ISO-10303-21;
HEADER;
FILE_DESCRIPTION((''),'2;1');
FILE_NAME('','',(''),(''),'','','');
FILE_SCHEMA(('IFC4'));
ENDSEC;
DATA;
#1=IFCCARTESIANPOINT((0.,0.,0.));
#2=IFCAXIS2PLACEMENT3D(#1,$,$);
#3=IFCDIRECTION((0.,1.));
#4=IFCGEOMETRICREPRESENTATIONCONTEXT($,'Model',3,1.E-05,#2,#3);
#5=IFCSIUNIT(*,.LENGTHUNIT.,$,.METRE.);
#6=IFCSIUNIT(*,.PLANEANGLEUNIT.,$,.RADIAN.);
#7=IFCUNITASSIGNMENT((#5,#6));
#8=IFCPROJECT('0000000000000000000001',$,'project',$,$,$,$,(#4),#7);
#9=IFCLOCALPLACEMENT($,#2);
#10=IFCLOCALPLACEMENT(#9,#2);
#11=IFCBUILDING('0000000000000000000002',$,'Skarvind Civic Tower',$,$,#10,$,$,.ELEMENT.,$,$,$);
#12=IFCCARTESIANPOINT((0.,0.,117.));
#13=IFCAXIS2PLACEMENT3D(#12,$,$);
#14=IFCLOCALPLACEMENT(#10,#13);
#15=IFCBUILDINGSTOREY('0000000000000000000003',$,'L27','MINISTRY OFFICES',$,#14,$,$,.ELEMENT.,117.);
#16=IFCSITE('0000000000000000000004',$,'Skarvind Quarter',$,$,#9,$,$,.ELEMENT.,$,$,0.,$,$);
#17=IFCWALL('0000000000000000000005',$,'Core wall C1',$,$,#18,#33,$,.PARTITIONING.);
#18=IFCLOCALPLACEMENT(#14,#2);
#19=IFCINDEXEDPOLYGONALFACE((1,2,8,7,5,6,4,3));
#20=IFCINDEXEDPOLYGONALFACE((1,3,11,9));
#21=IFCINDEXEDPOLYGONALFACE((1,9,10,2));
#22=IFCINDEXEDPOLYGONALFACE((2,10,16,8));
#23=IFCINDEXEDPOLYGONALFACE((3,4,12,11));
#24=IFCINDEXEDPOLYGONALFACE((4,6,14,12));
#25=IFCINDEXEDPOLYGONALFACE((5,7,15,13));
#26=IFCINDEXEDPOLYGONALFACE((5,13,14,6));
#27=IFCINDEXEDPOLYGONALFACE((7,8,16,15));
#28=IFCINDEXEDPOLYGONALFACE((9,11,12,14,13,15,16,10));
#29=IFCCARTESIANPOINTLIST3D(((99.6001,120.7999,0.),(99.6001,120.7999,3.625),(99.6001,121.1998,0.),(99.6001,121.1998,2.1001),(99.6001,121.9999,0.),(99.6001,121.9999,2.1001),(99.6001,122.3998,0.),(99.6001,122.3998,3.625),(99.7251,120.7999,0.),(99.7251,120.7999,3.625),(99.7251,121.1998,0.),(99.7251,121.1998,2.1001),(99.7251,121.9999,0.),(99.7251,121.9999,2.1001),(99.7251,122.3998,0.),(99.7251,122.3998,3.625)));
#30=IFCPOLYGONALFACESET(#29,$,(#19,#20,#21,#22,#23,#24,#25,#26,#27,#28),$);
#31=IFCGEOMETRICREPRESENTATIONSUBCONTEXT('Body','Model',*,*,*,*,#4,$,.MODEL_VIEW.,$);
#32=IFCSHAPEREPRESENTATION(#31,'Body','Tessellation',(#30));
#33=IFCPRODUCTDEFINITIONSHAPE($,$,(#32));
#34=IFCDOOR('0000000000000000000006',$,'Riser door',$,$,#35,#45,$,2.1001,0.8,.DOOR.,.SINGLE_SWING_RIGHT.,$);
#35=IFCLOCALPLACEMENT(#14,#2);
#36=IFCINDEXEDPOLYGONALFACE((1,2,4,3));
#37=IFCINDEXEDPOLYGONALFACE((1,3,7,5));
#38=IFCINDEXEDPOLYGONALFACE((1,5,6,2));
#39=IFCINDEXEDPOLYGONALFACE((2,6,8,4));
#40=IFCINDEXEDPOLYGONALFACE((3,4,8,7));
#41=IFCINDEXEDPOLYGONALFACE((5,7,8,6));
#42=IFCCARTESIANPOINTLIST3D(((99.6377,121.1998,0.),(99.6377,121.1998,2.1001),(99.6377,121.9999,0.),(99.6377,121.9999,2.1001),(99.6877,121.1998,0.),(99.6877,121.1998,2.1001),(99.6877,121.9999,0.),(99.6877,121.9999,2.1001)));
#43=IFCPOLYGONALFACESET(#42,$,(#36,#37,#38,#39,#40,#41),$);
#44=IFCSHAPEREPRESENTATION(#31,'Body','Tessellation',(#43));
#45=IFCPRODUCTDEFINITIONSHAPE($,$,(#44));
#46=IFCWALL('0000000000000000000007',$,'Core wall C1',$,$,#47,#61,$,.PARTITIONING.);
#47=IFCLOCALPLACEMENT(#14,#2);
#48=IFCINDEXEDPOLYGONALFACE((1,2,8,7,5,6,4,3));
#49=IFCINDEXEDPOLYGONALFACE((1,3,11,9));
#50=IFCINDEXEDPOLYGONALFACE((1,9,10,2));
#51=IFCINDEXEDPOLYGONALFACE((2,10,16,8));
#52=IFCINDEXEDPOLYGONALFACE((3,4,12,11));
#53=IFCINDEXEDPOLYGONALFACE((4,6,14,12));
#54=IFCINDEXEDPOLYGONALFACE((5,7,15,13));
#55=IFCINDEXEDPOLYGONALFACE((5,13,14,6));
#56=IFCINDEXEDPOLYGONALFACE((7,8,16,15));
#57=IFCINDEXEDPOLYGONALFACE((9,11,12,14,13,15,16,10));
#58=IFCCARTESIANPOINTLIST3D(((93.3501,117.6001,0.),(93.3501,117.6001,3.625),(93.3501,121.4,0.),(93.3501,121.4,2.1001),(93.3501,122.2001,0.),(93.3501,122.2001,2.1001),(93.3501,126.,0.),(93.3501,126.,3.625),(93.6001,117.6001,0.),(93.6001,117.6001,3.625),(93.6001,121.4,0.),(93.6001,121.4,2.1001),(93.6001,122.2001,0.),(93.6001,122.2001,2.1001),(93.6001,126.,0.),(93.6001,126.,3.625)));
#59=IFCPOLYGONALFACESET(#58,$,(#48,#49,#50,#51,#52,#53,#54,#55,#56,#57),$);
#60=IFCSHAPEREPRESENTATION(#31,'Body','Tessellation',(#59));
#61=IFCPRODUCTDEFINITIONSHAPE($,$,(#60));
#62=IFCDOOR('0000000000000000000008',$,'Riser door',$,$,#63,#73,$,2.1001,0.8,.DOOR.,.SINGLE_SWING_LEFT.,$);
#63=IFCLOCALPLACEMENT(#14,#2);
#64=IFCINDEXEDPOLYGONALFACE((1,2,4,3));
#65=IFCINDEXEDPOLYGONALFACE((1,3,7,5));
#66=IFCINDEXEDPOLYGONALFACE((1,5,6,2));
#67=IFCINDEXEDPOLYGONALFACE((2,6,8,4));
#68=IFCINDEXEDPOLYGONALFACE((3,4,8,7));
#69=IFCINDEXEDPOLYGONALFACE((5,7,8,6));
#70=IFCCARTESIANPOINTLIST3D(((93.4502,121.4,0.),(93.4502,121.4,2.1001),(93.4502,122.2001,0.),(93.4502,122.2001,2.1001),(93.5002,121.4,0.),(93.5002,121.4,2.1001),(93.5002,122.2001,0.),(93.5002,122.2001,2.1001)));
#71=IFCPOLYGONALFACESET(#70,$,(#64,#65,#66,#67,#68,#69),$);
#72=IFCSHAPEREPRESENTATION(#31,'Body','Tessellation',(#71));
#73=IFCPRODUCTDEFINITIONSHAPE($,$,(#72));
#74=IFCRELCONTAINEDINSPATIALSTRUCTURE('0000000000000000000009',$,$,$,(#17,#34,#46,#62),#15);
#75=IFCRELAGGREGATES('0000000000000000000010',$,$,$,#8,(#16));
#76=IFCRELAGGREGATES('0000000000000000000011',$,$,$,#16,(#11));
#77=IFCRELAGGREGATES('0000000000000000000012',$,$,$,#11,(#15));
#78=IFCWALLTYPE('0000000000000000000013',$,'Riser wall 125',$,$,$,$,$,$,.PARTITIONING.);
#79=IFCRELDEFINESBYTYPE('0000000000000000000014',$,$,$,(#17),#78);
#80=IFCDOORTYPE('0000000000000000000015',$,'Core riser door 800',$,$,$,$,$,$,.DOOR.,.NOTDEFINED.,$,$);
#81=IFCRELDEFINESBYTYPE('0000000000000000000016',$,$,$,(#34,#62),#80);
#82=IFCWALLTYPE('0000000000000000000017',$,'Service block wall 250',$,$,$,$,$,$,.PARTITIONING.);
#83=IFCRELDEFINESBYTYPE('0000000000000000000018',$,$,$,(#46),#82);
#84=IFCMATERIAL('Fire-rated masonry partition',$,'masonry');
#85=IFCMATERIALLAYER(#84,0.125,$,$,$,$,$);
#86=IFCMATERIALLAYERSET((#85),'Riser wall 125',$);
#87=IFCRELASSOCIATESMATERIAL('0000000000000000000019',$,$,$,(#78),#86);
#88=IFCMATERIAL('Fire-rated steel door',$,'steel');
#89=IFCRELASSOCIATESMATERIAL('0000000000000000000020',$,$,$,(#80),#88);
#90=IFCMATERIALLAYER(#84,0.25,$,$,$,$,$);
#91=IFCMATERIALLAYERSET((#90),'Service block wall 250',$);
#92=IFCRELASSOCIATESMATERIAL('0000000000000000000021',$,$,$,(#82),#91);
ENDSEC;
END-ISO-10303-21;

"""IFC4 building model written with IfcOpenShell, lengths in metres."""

from ifc_helpers import new_model, si_unit, direction, frame, frame_2d, origin, place, context, subcontext, project, spatial, rectangle, extrude, material, layer, layer_set, type_object, element, fill, save


model = new_model("IFC4")

# Units and contexts
model_context = context("Model", 3, precision=1e-05, world=origin(), true_north=direction((0.0, 1.0)))
body_context = subcontext(model_context, "Body", "Model", "MODEL_VIEW")
ifc_project = project(units=[si_unit("LENGTHUNIT", "METRE"), si_unit("PLANEANGLEUNIT", "RADIAN")], contexts=[model_context])

# Site, building, storey
site_placement = place(None, origin())
site = spatial("IfcSite", under=ifc_project, at=site_placement, Name="Skarvind Quarter", CompositionType="ELEMENT", RefElevation=0.0)
building_placement = place(site_placement, origin())
building = spatial("IfcBuilding", under=site, at=building_placement, Name="Skarvind Civic Tower", CompositionType="ELEMENT")
storey_placement = place(building_placement, frame((0.0, 0.0, 117.0)))
storey = spatial("IfcBuildingStorey", under=building, at=storey_placement, Name="L27", Description="MINISTRY OFFICES", CompositionType="ELEMENT", Elevation=117.0)

# Shared definitions
ifc_material_1 = material(Name="Fire-rated masonry partition", Category="masonry")
ifc_material_2 = material(Name="Fire-rated steel door", Category="steel")

# Walls, openings, doors
ifc_layer_1 = layer(ifc_material_1, 0.125)
ifc_layer_set_1 = layer_set([ifc_layer_1], Name="Riser wall 125")
wall_type_1 = type_object("IfcWallType", Name="Riser wall 125", PredefinedType="PARTITIONING", material=ifc_layer_set_1)
wall_1_placement = place(storey_placement, frame((99.6626, 120.8, 0.0), z_axis=(0.0, 0.0, 1.0), x_axis=(0.0, 1.0, 0.0)))
wall_1 = element("IfcWall", 1, at=wall_1_placement, inside=storey, type_object=wall_type_1, Name="Core wall C1", PredefinedType="PARTITIONING", context=body_context, shape_type="SweptSolid", body=[
    extrude(rectangle(XDim=1.5999, YDim=0.125, at=frame_2d((0.7998, 0.0))), origin(), (0.0, 0.0, 1.0), 3.625),
])
opening_1_placement = place(wall_1_placement, frame((0.3999, 0.0, 0.0)))
opening_1 = element("IfcOpeningElement", 2, at=opening_1_placement, cuts=wall_1, PredefinedType="OPENING", context=body_context, shape_type="SweptSolid", body=[
    extrude(rectangle(XDim=0.8, YDim=2.1001, at=frame_2d((0.3999, 1.05))), frame((0.0, 0.0725, 0.0), z_axis=(0.0, -1.0, 0.0), x_axis=(1.0, 0.0, 0.0)), (0.0, 0.0, 1.0), 0.145),
])
door_type_1 = type_object("IfcDoorType", Name="Core riser door 800", OperationType="NOTDEFINED", PredefinedType="DOOR", material=ifc_material_2)
door_1_placement = place(opening_1_placement, origin())
door_1 = element("IfcDoor", 3, at=door_1_placement, inside=storey, type_object=door_type_1, Name="Riser door", OperationType="SINGLE_SWING_RIGHT", OverallHeight=2.1001, OverallWidth=0.8, PredefinedType="DOOR", context=body_context, shape_type="SweptSolid", body=[
    extrude(rectangle(XDim=0.8, YDim=2.1001, at=frame_2d((0.3999, 1.05))), frame((0.0, 0.0249, 0.0), z_axis=(0.0, -1.0, 0.0), x_axis=(1.0, 0.0, 0.0)), (0.0, 0.0, 1.0), 0.05),
])
fill(opening_1, door_1)
ifc_layer_2 = layer(ifc_material_1, 0.25)
ifc_layer_set_2 = layer_set([ifc_layer_2], Name="Service block wall 250")
wall_type_2 = type_object("IfcWallType", Name="Service block wall 250", PredefinedType="PARTITIONING", material=ifc_layer_set_2)
wall_2_placement = place(storey_placement, frame((93.4751, 117.6001, 0.0), z_axis=(0.0, 0.0, 1.0), x_axis=(0.0, 1.0, 0.0)))
wall_2 = element("IfcWall", 4, at=wall_2_placement, inside=storey, type_object=wall_type_2, Name="Core wall C1", PredefinedType="PARTITIONING", context=body_context, shape_type="SweptSolid", body=[
    extrude(rectangle(XDim=8.3999, YDim=0.25, at=frame_2d((4.2, 0.0))), origin(), (0.0, 0.0, 1.0), 3.625),
])
opening_2_placement = place(wall_2_placement, frame((3.8, 0.0, 0.0)))
opening_2 = element("IfcOpeningElement", 5, at=opening_2_placement, cuts=wall_2, PredefinedType="OPENING", context=body_context, shape_type="SweptSolid", body=[
    extrude(rectangle(XDim=0.8, YDim=2.1001, at=frame_2d((0.3999, 1.05))), frame((0.0, 0.135, 0.0), z_axis=(0.0, -1.0, 0.0), x_axis=(1.0, 0.0, 0.0)), (0.0, 0.0, 1.0), 0.27),
])
door_2_placement = place(opening_2_placement, origin())
door_2 = element("IfcDoor", 6, at=door_2_placement, inside=storey, type_object=door_type_1, Name="Riser door", OperationType="SINGLE_SWING_LEFT", OverallHeight=2.1001, OverallWidth=0.8, PredefinedType="DOOR", context=body_context, shape_type="SweptSolid", body=[
    extrude(rectangle(XDim=0.8, YDim=2.1001, at=frame_2d((0.3999, 1.05))), frame((0.0, 0.0249, 0.0), z_axis=(0.0, -1.0, 0.0), x_axis=(1.0, 0.0, 0.0)), (0.0, 0.0, 1.0), 0.05),
])
fill(opening_2, door_2)

save(model, "model.ifc")
